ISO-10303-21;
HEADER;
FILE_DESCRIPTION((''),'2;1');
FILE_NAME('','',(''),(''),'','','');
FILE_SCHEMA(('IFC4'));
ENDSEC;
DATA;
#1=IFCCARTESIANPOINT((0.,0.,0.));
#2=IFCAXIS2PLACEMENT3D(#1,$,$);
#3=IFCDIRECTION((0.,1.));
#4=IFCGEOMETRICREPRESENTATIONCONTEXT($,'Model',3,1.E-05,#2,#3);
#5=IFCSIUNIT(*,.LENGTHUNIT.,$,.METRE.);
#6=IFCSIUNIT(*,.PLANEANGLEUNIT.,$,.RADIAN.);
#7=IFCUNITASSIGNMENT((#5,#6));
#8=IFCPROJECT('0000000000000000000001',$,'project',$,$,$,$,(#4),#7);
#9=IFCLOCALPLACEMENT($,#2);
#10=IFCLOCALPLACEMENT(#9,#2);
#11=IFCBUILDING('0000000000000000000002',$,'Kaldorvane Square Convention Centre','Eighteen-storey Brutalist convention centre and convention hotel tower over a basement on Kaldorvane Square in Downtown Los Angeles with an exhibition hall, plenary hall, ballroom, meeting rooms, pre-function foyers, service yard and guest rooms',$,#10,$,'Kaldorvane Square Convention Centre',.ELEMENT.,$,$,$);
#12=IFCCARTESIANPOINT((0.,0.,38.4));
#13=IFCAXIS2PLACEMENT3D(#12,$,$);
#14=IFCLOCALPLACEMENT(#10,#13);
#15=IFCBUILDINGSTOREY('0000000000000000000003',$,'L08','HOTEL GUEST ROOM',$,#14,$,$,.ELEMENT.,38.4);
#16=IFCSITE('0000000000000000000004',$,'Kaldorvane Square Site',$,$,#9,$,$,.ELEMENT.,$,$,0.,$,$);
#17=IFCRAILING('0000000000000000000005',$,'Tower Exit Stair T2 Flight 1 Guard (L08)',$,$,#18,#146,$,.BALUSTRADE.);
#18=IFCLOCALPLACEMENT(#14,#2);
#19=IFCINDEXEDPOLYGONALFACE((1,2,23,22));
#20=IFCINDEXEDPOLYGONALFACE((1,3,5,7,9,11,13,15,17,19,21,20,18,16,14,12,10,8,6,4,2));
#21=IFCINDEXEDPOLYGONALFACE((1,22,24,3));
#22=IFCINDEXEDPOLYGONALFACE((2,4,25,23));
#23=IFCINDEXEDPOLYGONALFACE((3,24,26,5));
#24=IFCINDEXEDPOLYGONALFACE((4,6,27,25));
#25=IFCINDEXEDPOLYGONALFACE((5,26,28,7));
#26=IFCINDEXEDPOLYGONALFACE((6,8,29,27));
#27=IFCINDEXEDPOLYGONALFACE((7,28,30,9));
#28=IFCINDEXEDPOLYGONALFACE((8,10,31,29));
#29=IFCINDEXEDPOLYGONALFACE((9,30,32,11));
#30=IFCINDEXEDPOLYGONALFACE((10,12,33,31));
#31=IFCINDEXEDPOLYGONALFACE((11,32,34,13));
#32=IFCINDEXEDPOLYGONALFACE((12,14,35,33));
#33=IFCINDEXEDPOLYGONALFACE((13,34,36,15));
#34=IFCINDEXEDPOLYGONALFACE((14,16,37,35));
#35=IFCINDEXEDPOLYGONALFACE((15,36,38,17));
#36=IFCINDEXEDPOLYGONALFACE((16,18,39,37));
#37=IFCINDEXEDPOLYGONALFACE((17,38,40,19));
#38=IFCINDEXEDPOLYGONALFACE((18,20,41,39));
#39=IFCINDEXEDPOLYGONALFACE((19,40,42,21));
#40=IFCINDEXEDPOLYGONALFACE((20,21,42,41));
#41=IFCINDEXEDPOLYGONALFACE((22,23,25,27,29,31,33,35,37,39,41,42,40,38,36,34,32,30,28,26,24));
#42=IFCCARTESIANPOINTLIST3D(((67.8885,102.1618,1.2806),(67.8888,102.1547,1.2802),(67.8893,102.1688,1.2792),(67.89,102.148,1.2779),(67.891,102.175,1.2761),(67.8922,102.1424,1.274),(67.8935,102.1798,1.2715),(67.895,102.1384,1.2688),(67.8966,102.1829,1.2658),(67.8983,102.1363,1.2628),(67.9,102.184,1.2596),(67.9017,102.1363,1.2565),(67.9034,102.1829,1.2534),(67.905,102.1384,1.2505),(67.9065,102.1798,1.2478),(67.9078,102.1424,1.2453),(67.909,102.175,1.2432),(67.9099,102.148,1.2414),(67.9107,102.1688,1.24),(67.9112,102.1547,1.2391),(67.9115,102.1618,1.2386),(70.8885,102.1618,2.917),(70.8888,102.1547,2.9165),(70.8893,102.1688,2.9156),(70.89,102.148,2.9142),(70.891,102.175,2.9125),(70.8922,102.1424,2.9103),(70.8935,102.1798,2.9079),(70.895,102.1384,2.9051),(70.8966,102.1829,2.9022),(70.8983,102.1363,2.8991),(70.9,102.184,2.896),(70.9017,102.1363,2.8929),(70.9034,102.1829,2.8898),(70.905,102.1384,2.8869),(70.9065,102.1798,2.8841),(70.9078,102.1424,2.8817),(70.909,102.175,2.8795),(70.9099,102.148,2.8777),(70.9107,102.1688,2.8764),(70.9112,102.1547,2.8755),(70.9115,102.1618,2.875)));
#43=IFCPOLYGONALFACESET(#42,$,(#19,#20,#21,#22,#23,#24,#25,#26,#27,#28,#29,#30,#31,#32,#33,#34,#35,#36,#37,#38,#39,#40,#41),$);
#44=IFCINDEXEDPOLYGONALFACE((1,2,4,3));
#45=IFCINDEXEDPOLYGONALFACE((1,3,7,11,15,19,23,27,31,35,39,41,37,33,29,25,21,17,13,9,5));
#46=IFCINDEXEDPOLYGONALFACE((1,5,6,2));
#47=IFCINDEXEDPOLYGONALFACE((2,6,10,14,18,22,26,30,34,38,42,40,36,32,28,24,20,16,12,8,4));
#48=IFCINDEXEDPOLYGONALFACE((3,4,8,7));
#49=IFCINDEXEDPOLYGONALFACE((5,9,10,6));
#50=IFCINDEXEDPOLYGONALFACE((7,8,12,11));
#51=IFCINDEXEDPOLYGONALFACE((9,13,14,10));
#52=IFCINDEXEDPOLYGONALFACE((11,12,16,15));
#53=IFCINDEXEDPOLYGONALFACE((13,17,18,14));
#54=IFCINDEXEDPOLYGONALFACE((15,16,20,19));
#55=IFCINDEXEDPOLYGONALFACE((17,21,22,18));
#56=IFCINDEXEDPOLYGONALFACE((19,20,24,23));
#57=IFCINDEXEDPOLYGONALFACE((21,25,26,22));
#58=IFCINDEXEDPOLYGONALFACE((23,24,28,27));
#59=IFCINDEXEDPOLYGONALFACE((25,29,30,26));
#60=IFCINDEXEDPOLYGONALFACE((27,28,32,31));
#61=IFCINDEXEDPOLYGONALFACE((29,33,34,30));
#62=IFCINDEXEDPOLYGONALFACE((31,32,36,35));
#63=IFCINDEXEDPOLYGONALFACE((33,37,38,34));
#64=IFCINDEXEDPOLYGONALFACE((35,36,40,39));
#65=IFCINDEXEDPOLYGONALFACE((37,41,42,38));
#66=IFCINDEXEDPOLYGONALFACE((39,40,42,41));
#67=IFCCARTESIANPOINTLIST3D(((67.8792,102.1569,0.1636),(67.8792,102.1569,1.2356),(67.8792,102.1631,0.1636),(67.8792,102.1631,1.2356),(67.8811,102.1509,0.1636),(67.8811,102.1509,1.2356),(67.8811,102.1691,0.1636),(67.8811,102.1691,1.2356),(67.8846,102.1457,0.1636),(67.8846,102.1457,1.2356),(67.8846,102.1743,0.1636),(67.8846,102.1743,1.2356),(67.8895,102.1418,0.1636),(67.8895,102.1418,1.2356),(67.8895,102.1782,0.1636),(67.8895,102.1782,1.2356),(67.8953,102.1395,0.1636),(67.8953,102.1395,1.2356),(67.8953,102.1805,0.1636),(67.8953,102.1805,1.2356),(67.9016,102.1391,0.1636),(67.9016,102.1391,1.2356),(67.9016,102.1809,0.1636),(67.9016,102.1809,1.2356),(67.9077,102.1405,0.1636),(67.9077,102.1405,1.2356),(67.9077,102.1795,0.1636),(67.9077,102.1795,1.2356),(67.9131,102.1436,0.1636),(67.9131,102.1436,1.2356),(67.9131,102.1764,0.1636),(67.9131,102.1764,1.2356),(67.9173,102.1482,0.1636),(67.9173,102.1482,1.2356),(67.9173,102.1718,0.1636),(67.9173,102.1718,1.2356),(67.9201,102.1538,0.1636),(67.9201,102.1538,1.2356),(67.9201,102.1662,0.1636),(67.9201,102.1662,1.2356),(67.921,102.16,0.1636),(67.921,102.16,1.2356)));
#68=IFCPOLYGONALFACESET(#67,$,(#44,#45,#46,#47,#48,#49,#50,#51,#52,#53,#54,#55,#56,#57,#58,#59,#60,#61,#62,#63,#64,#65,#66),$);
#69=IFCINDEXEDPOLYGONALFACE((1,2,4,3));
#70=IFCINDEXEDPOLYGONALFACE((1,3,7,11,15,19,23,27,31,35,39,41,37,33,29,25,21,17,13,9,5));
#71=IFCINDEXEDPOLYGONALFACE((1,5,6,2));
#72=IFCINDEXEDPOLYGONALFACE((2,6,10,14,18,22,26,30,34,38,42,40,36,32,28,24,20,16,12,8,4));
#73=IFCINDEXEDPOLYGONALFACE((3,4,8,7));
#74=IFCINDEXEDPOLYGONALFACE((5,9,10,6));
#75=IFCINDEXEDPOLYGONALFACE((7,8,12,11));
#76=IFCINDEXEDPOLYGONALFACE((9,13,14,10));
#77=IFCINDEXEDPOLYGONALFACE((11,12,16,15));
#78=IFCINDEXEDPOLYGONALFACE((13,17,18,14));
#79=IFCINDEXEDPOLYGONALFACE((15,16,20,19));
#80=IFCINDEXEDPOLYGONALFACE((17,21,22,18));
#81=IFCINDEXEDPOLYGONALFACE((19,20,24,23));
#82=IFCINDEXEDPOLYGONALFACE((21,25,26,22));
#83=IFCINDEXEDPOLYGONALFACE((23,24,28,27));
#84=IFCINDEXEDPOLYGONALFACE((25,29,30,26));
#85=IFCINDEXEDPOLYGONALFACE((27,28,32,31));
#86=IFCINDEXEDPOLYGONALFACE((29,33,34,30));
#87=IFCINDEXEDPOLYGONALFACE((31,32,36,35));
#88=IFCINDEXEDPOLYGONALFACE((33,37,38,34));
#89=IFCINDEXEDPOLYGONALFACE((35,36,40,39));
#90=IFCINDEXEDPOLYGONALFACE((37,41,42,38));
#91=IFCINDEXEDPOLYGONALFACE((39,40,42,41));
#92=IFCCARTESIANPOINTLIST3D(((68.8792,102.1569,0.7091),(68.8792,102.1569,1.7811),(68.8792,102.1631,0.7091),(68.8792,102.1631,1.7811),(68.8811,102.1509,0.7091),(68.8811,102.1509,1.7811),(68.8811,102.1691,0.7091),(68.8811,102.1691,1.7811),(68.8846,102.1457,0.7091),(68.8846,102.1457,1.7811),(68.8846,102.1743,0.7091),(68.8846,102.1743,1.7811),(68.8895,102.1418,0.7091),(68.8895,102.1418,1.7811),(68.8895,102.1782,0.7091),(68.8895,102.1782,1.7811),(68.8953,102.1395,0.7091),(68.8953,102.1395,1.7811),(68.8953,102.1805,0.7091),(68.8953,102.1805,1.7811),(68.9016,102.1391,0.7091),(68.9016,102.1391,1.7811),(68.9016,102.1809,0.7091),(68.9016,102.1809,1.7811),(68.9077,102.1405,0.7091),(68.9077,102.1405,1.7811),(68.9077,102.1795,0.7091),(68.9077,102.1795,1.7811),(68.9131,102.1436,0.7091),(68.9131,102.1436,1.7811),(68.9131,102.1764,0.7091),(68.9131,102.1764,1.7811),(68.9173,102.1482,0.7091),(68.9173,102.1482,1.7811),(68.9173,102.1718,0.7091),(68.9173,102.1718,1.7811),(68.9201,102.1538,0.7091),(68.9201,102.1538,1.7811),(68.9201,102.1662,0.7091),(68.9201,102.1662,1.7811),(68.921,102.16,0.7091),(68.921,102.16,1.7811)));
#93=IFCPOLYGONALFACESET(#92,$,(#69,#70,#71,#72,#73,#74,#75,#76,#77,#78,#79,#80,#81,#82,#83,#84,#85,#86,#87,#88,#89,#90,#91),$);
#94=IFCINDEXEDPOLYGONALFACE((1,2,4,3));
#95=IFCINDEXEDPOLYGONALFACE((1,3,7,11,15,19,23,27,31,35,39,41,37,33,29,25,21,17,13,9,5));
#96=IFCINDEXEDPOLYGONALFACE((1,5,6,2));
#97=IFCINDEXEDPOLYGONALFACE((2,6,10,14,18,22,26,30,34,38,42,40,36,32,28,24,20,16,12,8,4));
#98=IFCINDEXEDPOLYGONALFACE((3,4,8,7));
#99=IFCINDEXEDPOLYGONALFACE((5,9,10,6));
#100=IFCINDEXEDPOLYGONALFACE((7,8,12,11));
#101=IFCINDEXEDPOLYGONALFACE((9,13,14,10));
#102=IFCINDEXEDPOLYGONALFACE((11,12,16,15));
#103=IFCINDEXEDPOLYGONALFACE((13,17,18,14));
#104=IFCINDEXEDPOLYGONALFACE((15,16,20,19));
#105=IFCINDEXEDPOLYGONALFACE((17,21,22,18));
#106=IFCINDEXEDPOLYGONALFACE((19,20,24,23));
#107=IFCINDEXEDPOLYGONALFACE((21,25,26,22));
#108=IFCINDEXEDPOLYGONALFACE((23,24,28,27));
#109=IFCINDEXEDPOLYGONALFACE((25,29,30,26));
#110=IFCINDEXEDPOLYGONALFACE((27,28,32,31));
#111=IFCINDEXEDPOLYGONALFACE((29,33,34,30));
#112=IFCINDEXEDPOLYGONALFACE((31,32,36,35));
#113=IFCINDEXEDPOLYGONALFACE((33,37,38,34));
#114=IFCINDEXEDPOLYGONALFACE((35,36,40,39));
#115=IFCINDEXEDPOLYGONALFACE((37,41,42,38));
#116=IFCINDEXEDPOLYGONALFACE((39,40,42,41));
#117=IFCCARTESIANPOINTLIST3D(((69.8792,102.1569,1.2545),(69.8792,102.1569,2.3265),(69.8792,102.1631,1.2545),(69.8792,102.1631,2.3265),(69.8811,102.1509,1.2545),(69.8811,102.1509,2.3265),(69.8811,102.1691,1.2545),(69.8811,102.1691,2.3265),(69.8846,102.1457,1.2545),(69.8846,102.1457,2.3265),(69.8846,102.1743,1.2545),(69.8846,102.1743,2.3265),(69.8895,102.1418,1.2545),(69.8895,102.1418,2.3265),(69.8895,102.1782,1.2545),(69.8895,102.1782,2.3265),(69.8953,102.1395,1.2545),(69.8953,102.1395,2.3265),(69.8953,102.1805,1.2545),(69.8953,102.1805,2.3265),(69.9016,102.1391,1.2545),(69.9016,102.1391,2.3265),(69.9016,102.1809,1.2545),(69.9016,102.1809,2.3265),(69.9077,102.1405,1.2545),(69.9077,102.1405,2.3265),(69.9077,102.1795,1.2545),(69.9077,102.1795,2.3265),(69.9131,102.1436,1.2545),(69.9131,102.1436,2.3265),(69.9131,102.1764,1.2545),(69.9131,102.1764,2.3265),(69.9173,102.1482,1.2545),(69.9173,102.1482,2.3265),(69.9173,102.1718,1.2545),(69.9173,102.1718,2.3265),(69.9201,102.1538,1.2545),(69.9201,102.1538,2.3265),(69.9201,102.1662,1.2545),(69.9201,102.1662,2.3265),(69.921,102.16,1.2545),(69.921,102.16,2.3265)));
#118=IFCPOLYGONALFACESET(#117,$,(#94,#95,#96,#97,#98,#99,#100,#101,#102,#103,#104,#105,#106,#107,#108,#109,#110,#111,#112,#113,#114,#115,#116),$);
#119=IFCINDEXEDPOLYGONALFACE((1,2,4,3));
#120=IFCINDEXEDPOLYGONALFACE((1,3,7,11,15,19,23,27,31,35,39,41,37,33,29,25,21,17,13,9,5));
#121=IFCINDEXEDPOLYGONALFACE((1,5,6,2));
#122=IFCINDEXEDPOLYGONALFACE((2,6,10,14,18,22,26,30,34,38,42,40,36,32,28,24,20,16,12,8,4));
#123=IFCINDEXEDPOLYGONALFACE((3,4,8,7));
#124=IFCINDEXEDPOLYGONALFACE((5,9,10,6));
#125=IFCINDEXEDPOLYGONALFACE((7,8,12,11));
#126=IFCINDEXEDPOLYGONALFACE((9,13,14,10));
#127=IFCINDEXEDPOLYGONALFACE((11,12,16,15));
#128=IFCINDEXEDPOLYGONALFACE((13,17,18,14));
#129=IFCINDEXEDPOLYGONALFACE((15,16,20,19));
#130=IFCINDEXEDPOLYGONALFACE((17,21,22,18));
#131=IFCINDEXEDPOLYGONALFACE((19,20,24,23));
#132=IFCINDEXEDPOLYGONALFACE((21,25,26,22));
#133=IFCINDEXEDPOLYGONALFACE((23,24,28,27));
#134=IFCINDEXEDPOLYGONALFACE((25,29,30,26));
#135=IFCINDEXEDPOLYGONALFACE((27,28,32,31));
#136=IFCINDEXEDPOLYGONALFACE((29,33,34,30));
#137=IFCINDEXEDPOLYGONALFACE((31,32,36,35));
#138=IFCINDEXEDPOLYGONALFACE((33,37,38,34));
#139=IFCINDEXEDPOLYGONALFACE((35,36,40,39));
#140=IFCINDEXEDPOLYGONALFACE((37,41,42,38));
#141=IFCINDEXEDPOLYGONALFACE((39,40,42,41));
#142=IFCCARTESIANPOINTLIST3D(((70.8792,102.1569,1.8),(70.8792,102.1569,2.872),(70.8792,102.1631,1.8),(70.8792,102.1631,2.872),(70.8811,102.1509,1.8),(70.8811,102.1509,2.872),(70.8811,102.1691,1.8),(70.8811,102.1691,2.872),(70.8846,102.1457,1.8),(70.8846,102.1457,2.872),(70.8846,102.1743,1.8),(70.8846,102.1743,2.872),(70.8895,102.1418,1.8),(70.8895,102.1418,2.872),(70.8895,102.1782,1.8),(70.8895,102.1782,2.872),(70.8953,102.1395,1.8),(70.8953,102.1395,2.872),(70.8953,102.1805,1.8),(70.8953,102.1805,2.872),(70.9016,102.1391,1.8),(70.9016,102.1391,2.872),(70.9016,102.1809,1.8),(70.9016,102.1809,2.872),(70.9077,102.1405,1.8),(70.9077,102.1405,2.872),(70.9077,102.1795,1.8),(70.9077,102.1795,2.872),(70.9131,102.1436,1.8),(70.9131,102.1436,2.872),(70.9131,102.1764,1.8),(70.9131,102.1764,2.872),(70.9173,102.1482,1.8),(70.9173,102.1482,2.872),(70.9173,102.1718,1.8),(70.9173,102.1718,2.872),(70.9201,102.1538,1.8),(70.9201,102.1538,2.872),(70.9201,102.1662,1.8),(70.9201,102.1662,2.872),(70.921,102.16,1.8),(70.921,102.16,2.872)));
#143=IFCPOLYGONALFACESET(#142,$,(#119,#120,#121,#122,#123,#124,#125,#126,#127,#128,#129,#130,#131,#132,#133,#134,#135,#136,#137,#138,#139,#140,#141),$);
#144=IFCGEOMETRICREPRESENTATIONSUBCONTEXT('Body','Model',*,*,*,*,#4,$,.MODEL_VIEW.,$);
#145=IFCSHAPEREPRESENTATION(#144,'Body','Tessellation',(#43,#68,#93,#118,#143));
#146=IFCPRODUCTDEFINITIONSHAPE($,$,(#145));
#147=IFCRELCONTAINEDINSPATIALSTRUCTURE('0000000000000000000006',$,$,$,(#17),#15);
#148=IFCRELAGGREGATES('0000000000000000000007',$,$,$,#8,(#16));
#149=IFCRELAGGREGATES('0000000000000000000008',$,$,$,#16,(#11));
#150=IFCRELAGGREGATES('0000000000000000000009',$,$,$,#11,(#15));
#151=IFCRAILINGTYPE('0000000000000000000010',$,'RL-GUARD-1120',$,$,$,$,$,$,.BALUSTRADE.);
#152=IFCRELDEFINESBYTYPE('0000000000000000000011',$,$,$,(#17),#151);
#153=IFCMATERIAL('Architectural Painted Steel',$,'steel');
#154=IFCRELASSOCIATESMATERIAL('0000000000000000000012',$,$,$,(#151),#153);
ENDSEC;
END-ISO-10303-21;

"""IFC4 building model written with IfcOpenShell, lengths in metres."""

from ifc_helpers import new_model, si_unit, direction, frame, origin, origin_2d, place, context, subcontext, project, spatial, circle, extrude, material, type_object, element, save


model = new_model("IFC4")

# Units and contexts
model_context = context("Model", 3, precision=1e-05, world=origin(), true_north=direction((0.0, 1.0)))
body_context = subcontext(model_context, "Body", "Model", "MODEL_VIEW")
ifc_project = project(units=[si_unit("LENGTHUNIT", "METRE"), si_unit("PLANEANGLEUNIT", "RADIAN")], contexts=[model_context])

# Site, building, storey
site_placement = place(None, origin())
site = spatial("IfcSite", under=ifc_project, at=site_placement, Name="Kaldorvane Square Site", CompositionType="ELEMENT", RefElevation=0.0)
building_placement = place(site_placement, origin())
building = spatial("IfcBuilding", under=site, at=building_placement, Name="Kaldorvane Square Convention Centre", Description="Eighteen-storey Brutalist convention centre and convention hotel tower over a basement on Kaldorvane Square in Downtown Los Angeles with an exhibition hall, plenary hall, ballroom, meeting rooms, pre-function foyers, service yard and guest rooms", LongName="Kaldorvane Square Convention Centre", CompositionType="ELEMENT")
storey_placement = place(building_placement, frame((0.0, 0.0, 38.4)))
storey = spatial("IfcBuildingStorey", under=building, at=storey_placement, Name="L08", Description="HOTEL GUEST ROOM", CompositionType="ELEMENT", Elevation=38.4)

# Railing
ifc_material_1 = material(Name="Architectural Painted Steel", Category="steel")
railing_type = type_object("IfcRailingType", Name="RL-GUARD-1120", PredefinedType="BALUSTRADE", material=ifc_material_1)
railing_1_placement = place(storey_placement, frame((67.9, 102.16, 0.1636)))
element("IfcRailing", 1, at=railing_1_placement, inside=storey, type_object=railing_type, Name="Tower Exit Stair T2 Flight 1 Guard (L08)", PredefinedType="BALUSTRADE", context=body_context, shape_type="SweptSolid", body=[
    extrude(circle(Radius=0.024, at=origin_2d()), frame((0.0, 0.0, 1.096), z_axis=(0.877895, 0.0, 0.478853), x_axis=(0.0, 1.0, 0.0)), (0.0, 0.0, 1.0), 3.4173),
    extrude(circle(Radius=0.021, at=origin_2d()), origin(), (0.0, 0.0, 1.0), 1.072),
    extrude(circle(Radius=0.021, at=origin_2d()), frame((1.0, 0.0, 0.5455)), (0.0, 0.0, 1.0), 1.072),
    extrude(circle(Radius=0.021, at=origin_2d()), frame((2.0, 0.0, 1.0909)), (0.0, 0.0, 1.0), 1.072),
    extrude(circle(Radius=0.021, at=origin_2d()), frame((3.0, 0.0, 1.6364)), (0.0, 0.0, 1.0), 1.072),
])

save(model, "model.ifc")
